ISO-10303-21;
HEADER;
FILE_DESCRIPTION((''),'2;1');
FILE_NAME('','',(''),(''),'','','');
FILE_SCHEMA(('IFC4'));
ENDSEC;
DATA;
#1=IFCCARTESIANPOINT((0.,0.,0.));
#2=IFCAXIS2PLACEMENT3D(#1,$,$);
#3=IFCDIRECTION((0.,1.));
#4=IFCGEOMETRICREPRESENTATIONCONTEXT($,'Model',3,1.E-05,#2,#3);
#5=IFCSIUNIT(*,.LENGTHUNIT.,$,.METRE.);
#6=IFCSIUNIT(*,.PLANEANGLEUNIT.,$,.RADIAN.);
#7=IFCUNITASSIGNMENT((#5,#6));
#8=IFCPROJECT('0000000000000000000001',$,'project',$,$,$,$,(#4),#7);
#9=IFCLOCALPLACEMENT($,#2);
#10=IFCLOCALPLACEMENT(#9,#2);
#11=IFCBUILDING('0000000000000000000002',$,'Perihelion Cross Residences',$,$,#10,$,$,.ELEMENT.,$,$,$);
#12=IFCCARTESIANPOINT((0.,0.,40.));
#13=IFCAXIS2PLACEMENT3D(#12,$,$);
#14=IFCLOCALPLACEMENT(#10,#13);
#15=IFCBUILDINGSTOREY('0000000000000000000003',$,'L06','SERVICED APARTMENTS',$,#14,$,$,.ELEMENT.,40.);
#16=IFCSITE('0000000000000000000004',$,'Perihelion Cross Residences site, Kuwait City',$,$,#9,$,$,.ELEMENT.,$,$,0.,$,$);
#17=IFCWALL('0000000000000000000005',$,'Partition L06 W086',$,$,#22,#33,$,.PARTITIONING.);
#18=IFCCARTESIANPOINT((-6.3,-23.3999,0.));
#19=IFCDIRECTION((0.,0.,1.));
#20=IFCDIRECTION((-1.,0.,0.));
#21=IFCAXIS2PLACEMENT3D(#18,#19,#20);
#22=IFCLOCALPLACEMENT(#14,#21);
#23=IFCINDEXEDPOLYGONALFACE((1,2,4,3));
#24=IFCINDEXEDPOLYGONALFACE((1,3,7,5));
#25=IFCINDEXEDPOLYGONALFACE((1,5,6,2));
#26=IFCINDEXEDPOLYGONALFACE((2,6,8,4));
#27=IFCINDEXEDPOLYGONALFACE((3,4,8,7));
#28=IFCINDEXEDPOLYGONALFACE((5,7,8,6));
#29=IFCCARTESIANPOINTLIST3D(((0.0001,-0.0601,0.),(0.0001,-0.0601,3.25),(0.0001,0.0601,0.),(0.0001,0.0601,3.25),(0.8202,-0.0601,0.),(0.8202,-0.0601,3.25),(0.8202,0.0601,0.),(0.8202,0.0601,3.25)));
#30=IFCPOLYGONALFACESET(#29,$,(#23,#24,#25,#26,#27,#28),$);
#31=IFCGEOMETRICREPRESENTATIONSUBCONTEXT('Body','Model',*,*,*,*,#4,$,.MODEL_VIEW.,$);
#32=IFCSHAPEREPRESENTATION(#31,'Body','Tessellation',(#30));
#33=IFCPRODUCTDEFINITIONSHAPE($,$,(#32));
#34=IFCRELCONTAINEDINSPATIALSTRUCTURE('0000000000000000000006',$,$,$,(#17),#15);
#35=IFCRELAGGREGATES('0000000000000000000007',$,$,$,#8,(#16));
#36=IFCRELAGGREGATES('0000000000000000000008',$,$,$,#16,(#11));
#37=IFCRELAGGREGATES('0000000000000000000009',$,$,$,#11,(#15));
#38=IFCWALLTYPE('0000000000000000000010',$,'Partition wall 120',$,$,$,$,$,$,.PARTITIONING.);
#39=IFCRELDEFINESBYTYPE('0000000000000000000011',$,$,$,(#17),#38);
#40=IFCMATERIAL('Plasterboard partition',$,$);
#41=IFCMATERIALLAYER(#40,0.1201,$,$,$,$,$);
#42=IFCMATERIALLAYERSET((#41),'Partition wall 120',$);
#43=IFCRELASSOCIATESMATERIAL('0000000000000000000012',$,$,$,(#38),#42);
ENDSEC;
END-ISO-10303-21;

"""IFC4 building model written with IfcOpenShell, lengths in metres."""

from ifc_helpers import new_model, si_unit, direction, frame, frame_2d, origin, place, context, subcontext, project, spatial, rectangle, extrude, material, layer, layer_set, type_object, element, save


model = new_model("IFC4")

# Units and contexts
model_context = context("Model", 3, precision=1e-05, world=origin(), true_north=direction((0.0, 1.0)))
body_context = subcontext(model_context, "Body", "Model", "MODEL_VIEW")
ifc_project = project(units=[si_unit("LENGTHUNIT", "METRE"), si_unit("PLANEANGLEUNIT", "RADIAN")], contexts=[model_context])

# Site, building, storey
site_placement = place(None, origin())
site = spatial("IfcSite", under=ifc_project, at=site_placement, Name="Perihelion Cross Residences site, Kuwait City", CompositionType="ELEMENT", RefElevation=0.0)
building_placement = place(site_placement, origin())
building = spatial("IfcBuilding", under=site, at=building_placement, Name="Perihelion Cross Residences", CompositionType="ELEMENT")
storey_placement = place(building_placement, frame((0.0, 0.0, 40.0)))
storey = spatial("IfcBuildingStorey", under=building, at=storey_placement, Name="L06", Description="SERVICED APARTMENTS", CompositionType="ELEMENT", Elevation=40.0)

# Shared definitions
ifc_material_1 = material(Name="Plasterboard partition")
ifc_layer_1 = layer(ifc_material_1, 0.1201)
ifc_layer_set_1 = layer_set([ifc_layer_1], Name="Partition wall 120")
wall_type_1 = type_object("IfcWallType", Name="Partition wall 120", PredefinedType="PARTITIONING", material=ifc_layer_set_1)

# Wall
wall_1_placement = place(storey_placement, frame((-6.3, -23.3999, 0.0), z_axis=(0.0, 0.0, 1.0), x_axis=(-1.0, 0.0, 0.0)))
element("IfcWall", 1, at=wall_1_placement, inside=storey, type_object=wall_type_1, Name="Partition L06 W086", PredefinedType="PARTITIONING", context=body_context, shape_type="SweptSolid", body=[
    extrude(rectangle(XDim=0.8201, YDim=0.1201, at=frame_2d((0.4102, 0.0))), origin(), (0.0, 0.0, 1.0), 3.25),
])

save(model, "model.ifc")
